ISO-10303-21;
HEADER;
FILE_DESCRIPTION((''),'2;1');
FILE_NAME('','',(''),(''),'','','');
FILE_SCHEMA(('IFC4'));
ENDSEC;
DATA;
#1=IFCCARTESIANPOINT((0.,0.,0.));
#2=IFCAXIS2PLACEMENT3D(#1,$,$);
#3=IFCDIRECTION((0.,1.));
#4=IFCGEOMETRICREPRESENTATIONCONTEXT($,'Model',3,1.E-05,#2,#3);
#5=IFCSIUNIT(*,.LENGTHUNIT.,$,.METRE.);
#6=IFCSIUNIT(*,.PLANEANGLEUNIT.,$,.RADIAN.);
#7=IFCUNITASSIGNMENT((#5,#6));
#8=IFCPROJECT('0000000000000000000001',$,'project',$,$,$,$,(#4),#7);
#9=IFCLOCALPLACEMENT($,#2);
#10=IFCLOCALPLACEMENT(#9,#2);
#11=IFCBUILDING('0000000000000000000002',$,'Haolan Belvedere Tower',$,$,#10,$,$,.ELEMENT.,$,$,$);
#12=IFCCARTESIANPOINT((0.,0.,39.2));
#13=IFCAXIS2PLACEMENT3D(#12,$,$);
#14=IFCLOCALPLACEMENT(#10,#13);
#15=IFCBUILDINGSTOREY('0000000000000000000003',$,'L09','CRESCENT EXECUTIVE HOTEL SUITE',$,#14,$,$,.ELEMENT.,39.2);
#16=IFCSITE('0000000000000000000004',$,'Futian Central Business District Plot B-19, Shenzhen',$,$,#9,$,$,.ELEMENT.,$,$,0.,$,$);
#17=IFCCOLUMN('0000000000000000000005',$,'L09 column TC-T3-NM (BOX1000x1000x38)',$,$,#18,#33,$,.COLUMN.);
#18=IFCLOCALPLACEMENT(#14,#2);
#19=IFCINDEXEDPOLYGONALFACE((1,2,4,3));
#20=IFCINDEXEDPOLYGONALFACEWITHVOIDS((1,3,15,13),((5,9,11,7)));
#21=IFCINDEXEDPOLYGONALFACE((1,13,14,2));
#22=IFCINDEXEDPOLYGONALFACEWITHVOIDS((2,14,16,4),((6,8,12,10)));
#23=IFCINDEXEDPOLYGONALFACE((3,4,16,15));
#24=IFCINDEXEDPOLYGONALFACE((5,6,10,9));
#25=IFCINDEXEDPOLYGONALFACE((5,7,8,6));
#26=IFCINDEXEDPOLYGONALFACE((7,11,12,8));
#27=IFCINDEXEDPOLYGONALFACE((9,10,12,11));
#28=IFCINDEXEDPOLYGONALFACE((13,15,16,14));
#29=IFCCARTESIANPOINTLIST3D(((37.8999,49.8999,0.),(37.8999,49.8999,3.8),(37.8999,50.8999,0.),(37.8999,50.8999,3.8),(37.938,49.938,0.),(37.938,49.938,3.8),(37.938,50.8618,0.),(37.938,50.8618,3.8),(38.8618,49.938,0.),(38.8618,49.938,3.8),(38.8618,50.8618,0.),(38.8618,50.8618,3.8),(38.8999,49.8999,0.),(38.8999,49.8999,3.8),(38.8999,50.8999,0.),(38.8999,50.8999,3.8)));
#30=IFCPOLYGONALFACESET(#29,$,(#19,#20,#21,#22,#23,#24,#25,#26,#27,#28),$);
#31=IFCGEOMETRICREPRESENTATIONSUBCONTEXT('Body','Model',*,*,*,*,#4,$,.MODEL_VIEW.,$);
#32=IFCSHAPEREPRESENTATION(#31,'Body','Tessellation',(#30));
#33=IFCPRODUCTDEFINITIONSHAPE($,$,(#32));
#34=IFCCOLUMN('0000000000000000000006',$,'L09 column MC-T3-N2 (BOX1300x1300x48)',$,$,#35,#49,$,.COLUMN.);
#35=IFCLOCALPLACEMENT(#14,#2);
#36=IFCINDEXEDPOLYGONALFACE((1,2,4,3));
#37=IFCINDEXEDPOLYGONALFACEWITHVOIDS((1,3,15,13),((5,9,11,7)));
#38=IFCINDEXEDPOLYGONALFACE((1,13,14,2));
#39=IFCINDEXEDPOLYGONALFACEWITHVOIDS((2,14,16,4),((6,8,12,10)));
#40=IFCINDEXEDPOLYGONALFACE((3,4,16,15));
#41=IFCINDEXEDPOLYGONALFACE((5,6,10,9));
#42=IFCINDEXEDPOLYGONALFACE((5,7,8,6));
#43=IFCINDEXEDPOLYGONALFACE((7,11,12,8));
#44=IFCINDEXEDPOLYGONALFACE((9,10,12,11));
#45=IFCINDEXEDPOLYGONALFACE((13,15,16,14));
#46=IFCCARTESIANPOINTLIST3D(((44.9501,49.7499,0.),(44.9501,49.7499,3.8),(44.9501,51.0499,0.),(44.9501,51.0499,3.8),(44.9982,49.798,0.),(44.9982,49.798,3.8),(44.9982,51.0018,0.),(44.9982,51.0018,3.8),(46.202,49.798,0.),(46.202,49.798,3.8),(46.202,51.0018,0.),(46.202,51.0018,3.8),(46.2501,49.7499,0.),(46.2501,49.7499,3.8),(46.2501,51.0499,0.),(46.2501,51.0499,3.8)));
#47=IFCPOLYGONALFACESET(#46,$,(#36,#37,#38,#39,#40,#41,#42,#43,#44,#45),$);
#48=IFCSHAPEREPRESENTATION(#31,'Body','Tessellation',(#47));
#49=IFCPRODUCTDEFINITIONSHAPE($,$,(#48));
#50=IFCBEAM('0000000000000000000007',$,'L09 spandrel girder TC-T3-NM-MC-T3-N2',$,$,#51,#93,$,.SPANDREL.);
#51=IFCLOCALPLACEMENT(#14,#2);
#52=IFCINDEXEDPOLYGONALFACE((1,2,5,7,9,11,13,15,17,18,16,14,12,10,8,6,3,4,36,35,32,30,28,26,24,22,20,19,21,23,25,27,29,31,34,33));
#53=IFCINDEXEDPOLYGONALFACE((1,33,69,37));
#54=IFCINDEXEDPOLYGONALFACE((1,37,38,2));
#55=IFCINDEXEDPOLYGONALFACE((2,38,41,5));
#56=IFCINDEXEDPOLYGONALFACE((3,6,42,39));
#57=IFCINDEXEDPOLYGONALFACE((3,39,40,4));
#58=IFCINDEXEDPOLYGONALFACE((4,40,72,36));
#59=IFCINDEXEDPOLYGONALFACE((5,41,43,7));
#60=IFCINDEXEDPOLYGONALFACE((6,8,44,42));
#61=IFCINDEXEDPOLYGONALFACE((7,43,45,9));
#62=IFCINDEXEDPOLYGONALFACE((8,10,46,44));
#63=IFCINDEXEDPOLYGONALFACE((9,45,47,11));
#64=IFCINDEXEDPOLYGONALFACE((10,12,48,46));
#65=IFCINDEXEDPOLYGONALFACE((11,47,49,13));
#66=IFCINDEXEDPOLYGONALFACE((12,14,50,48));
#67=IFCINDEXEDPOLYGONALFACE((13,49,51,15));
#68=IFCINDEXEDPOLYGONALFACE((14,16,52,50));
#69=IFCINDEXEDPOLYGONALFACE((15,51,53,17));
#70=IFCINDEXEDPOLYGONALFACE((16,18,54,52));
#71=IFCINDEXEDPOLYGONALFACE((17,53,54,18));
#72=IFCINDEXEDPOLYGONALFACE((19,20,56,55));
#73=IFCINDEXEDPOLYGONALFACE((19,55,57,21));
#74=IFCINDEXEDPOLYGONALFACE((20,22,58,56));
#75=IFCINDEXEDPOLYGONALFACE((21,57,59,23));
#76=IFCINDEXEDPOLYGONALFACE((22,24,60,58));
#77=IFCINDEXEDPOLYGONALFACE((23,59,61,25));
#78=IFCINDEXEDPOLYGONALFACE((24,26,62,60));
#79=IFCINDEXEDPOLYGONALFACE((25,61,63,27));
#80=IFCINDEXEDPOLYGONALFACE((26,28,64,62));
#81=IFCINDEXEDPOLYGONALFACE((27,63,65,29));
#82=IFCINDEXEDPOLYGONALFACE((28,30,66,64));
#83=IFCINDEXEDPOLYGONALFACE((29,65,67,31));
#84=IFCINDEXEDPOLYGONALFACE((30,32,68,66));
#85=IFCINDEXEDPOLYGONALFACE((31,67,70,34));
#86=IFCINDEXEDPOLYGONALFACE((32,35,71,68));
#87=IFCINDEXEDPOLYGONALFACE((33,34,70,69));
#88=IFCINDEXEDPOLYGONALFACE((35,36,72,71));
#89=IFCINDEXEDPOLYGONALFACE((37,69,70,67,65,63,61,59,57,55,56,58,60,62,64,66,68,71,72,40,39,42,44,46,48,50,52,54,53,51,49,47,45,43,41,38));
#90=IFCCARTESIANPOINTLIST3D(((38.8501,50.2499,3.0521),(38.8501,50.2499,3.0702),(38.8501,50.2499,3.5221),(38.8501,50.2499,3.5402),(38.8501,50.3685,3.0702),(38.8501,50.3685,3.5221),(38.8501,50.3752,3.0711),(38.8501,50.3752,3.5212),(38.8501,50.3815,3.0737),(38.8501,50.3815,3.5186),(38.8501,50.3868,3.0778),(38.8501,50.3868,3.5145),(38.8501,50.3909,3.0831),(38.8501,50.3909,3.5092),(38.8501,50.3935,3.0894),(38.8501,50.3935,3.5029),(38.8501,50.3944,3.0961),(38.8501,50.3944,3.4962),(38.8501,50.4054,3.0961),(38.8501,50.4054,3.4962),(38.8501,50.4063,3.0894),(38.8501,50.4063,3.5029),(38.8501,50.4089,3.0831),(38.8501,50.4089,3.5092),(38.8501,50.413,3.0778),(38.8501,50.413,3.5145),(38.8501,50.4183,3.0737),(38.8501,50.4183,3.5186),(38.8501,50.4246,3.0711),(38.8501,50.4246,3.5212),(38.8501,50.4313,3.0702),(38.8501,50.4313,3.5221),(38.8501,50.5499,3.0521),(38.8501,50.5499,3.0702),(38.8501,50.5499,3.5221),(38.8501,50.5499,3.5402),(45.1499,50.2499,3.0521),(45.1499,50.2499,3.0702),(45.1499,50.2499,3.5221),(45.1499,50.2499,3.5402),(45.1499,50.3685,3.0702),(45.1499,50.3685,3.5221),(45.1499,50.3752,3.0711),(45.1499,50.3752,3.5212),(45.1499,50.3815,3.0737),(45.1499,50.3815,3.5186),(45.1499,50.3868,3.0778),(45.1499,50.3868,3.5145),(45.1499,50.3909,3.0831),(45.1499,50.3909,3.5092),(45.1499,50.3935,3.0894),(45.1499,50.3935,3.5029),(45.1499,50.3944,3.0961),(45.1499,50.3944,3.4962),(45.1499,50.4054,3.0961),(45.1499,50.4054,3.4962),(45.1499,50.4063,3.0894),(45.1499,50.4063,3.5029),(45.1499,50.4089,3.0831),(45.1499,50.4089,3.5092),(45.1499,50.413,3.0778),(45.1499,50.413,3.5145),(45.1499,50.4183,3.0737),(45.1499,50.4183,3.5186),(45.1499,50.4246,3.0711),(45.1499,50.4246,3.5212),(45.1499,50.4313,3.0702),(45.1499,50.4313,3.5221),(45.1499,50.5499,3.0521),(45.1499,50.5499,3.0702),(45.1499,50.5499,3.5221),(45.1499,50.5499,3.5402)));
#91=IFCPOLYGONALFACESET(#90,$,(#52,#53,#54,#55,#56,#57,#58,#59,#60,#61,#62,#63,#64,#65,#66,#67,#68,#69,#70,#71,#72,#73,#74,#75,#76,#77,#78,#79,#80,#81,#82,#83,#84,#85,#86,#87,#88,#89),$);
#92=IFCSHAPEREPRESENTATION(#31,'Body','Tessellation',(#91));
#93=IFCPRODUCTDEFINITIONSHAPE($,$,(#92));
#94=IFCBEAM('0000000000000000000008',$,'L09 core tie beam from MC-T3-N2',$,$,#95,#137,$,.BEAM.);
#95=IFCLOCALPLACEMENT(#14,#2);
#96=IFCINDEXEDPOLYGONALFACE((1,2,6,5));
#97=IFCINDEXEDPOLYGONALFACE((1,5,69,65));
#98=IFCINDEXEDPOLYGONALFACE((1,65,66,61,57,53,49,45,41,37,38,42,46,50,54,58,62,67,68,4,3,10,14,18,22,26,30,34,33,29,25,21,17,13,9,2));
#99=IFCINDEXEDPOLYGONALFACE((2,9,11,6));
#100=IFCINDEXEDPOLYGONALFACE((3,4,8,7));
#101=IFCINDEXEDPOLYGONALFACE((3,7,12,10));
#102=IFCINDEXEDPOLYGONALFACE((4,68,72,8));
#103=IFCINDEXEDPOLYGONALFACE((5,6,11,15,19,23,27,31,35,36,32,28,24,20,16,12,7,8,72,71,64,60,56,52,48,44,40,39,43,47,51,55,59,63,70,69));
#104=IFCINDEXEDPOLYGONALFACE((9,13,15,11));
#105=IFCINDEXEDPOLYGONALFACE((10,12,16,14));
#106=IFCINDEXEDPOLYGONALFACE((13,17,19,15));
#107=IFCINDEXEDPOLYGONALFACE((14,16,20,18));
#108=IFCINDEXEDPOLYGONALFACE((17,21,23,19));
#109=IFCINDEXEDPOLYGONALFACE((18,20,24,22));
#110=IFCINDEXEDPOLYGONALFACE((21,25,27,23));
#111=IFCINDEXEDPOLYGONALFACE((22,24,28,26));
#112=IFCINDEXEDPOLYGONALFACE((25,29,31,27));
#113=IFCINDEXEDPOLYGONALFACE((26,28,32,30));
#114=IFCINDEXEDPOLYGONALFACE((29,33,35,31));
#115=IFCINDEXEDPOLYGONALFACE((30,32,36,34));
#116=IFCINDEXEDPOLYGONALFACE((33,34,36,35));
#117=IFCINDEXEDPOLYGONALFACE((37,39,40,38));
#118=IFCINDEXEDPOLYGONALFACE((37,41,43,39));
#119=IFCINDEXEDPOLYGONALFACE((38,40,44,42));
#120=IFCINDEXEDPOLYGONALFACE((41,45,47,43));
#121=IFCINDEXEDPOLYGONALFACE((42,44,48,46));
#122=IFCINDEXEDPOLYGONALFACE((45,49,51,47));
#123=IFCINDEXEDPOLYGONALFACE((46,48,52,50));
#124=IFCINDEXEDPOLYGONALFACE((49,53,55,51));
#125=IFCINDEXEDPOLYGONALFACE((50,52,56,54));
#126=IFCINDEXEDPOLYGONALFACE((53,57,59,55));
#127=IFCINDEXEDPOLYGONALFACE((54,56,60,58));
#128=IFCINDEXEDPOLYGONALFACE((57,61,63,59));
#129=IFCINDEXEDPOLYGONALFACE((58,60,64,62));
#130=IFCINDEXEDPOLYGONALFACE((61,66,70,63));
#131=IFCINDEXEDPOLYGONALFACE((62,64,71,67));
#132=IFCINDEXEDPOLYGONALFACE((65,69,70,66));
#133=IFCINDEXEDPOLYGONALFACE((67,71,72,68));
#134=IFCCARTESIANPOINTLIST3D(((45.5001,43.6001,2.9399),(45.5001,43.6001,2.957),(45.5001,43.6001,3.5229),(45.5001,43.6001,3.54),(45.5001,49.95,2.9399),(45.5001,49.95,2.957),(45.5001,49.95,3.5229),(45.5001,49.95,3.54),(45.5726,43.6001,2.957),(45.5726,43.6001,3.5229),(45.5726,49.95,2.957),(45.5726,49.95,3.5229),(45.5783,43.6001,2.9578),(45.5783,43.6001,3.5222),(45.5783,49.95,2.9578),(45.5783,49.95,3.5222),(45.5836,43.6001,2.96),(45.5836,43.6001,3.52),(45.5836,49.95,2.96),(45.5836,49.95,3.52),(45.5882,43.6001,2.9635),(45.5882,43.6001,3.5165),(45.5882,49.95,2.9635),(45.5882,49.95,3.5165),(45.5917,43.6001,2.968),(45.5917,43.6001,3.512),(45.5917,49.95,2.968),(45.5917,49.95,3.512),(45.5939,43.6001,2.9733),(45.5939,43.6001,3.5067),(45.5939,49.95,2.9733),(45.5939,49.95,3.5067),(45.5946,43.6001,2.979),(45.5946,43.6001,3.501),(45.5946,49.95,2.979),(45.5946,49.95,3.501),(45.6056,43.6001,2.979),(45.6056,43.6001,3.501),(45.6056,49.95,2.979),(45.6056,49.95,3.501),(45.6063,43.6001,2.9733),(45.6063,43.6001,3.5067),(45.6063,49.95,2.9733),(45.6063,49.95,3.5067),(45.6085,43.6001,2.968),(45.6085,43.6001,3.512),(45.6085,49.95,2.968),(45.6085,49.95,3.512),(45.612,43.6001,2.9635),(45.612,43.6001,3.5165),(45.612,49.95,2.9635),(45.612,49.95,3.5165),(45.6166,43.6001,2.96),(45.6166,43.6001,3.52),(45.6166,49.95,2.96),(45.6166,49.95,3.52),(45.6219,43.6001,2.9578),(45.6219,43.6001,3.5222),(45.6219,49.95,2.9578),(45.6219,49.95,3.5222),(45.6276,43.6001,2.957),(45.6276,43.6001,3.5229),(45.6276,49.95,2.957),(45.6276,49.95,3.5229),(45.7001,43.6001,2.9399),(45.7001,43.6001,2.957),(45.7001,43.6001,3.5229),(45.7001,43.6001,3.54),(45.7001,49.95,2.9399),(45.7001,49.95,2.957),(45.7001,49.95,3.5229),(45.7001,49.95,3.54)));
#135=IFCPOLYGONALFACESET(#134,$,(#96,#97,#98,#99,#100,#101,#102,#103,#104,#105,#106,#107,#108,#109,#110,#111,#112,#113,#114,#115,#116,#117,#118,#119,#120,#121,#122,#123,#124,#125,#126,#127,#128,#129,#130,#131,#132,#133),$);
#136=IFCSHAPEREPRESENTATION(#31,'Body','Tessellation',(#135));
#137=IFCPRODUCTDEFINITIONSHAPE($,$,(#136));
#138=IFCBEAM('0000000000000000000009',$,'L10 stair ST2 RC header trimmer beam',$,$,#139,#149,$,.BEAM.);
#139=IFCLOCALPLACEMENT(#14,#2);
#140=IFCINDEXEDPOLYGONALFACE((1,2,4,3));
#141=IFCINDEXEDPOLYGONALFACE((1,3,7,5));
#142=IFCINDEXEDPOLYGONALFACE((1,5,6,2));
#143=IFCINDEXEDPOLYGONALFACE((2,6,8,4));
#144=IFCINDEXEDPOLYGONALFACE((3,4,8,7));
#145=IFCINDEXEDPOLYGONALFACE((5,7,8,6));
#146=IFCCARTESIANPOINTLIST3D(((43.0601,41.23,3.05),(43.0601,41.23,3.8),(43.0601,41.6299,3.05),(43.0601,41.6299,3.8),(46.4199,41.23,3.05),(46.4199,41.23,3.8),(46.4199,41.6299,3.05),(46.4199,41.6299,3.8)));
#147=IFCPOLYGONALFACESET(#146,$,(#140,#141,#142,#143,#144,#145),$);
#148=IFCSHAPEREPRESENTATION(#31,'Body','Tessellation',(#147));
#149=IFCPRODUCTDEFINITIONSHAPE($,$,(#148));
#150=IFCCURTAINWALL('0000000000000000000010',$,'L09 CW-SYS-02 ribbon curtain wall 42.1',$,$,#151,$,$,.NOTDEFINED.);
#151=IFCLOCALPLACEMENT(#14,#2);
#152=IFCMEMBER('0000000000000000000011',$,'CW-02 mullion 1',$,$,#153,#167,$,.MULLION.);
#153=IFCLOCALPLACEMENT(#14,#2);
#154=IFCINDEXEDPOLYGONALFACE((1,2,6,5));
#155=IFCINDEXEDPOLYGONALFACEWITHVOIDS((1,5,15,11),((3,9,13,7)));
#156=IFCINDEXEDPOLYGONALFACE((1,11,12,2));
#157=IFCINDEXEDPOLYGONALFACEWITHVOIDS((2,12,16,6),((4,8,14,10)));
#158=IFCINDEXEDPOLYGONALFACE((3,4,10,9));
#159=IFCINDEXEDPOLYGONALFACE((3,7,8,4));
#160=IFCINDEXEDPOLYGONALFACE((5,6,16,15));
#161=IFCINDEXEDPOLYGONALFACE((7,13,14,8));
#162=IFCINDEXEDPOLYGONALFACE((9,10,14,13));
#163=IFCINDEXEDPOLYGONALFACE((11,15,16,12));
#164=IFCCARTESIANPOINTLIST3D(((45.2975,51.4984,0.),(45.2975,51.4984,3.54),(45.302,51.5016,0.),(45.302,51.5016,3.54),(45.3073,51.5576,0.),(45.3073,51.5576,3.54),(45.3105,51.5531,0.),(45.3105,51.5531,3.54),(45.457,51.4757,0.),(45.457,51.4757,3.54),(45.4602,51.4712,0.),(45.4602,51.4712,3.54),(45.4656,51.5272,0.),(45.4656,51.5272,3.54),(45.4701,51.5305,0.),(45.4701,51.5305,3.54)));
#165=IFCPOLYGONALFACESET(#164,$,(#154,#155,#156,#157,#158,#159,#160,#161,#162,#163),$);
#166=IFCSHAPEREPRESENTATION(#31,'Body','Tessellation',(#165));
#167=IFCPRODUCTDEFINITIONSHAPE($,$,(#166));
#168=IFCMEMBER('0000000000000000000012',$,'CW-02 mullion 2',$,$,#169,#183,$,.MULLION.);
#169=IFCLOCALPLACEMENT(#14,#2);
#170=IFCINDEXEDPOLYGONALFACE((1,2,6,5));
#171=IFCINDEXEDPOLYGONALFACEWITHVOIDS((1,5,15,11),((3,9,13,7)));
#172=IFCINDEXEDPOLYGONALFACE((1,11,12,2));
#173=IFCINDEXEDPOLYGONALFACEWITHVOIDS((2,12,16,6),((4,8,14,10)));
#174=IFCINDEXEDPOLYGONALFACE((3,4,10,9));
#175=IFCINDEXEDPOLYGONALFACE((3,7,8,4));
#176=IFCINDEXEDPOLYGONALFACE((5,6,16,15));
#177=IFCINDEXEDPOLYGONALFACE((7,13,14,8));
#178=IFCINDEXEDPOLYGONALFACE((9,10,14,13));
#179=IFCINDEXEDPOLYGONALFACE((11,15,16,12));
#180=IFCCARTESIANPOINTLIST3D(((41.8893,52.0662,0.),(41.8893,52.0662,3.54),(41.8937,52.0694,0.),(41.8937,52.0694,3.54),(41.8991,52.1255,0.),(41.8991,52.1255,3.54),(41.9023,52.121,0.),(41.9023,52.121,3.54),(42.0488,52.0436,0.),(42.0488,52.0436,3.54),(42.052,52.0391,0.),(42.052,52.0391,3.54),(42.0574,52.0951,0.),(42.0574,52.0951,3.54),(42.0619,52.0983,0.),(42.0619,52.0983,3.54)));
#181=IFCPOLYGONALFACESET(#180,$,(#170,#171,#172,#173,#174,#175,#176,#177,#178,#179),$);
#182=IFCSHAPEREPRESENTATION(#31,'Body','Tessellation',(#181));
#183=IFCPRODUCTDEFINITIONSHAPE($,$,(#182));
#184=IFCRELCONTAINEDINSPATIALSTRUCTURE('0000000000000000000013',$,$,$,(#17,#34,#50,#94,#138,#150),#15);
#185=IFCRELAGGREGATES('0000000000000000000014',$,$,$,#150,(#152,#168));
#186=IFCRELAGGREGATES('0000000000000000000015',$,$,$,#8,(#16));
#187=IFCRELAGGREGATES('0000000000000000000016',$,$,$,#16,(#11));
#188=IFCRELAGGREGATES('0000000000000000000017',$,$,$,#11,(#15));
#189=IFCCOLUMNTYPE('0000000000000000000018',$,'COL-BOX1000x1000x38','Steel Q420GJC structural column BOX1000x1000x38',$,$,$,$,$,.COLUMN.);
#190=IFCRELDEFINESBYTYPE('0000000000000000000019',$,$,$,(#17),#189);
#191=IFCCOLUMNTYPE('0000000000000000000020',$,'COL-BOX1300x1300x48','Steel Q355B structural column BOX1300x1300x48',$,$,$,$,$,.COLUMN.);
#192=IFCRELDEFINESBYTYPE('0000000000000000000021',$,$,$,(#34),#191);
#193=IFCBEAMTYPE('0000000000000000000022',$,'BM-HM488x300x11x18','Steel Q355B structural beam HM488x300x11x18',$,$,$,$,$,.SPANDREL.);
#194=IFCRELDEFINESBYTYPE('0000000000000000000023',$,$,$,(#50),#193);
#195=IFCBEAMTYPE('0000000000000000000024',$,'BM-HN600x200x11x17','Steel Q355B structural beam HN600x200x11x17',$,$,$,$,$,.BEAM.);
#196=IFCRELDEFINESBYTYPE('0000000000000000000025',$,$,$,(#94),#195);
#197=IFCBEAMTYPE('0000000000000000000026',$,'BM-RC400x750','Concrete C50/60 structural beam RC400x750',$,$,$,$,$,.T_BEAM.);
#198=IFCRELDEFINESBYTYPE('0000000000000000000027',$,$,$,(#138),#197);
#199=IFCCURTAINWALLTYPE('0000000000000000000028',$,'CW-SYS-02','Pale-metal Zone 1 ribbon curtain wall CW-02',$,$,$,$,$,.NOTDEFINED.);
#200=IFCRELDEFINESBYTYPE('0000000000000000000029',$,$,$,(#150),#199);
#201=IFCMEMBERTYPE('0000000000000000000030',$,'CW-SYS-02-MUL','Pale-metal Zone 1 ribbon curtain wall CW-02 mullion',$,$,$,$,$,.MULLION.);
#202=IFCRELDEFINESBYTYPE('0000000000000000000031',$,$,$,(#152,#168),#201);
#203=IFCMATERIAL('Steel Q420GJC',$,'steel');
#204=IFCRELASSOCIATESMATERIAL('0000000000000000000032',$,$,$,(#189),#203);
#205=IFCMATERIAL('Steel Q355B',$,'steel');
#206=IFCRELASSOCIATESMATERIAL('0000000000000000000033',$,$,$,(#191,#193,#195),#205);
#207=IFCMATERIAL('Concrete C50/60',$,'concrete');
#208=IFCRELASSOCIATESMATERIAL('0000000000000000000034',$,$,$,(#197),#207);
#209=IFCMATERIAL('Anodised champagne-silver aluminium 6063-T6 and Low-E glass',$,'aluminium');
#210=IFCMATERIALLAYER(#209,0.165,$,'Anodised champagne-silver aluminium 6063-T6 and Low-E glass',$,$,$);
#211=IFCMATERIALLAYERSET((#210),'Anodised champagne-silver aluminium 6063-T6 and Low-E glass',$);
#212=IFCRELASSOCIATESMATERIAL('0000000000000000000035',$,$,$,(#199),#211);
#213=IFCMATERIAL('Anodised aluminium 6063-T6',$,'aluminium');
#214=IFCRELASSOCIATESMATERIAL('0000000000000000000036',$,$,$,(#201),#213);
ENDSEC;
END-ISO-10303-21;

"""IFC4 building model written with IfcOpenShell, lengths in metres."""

from ifc_helpers import new_model, si_unit, direction, frame, origin, origin_2d, place, context, subcontext, project, spatial, rectangle, hollow_rectangle, i_section, extrude, material, layer, layer_set, material_profile, profile_set, type_object, element, aggregate, save


model = new_model("IFC4")

# Units and contexts
model_context = context("Model", 3, precision=1e-05, world=origin(), true_north=direction((0.0, 1.0)))
body_context = subcontext(model_context, "Body", "Model", "MODEL_VIEW")
ifc_project = project(units=[si_unit("LENGTHUNIT", "METRE"), si_unit("PLANEANGLEUNIT", "RADIAN")], contexts=[model_context])

# Site, building, storey
site_placement = place(None, origin())
site = spatial("IfcSite", under=ifc_project, at=site_placement, Name="Futian Central Business District Plot B-19, Shenzhen", CompositionType="ELEMENT", RefElevation=0.0)
building_placement = place(site_placement, origin())
building = spatial("IfcBuilding", under=site, at=building_placement, Name="Haolan Belvedere Tower", CompositionType="ELEMENT")
storey_placement = place(building_placement, frame((0.0, 0.0, 39.2)))
storey = spatial("IfcBuildingStorey", under=building, at=storey_placement, Name="L09", Description="CRESCENT EXECUTIVE HOTEL SUITE", CompositionType="ELEMENT", Elevation=39.2)

# Columns
ifc_material_1 = material(Name="Steel Q420GJC", Category="steel")
ifc_material_profile_1 = material_profile(ifc_material_1, hollow_rectangle(XDim=1.0, YDim=1.0, WallThickness=0.0381, at=origin_2d()), Name="Steel Q420GJC")
ifc_profile_set_1 = profile_set([ifc_material_profile_1], Name="Steel Q420GJC")
column_type_1 = type_object("IfcColumnType", Name="COL-BOX1000x1000x38", Description="Steel Q420GJC structural column BOX1000x1000x38", PredefinedType="COLUMN", material=ifc_profile_set_1)
column_1_placement = place(storey_placement, frame((38.3999, 50.3999, 0.0), z_axis=(0.0, 0.0, 1.0), x_axis=(1.0, 0.0, 0.0)))
element("IfcColumn", 1, at=column_1_placement, inside=storey, type_object=column_type_1, Name="L09 column TC-T3-NM (BOX1000x1000x38)", PredefinedType="COLUMN", context=body_context, shape_type="SweptSolid", body=[
    extrude(hollow_rectangle(XDim=1.0, YDim=1.0, WallThickness=0.0381, at=origin_2d()), origin(), (0.0, 0.0, 1.0), 3.8),
])
ifc_material_2 = material(Name="Steel Q355B", Category="steel")
ifc_material_profile_2 = material_profile(ifc_material_2, hollow_rectangle(XDim=1.3, YDim=1.3, WallThickness=0.0481, at=origin_2d()), Name="Steel Q355B")
ifc_profile_set_2 = profile_set([ifc_material_profile_2], Name="Steel Q355B")
column_type_2 = type_object("IfcColumnType", Name="COL-BOX1300x1300x48", Description="Steel Q355B structural column BOX1300x1300x48", PredefinedType="COLUMN", material=ifc_profile_set_2)
column_2_placement = place(storey_placement, frame((45.6001, 50.3999, 0.0), z_axis=(0.0, 0.0, 1.0), x_axis=(1.0, 0.0, 0.0)))
element("IfcColumn", 2, at=column_2_placement, inside=storey, type_object=column_type_2, Name="L09 column MC-T3-N2 (BOX1300x1300x48)", PredefinedType="COLUMN", context=body_context, shape_type="SweptSolid", body=[
    extrude(hollow_rectangle(XDim=1.3, YDim=1.3, WallThickness=0.0481, at=origin_2d()), origin(), (0.0, 0.0, 1.0), 3.8),
])

# Beams
ifc_material_profile_3 = material_profile(ifc_material_2, i_section(OverallWidth=0.3, OverallDepth=0.488, WebThickness=0.011, FlangeThickness=0.0181, FilletRadius=0.0259, at=origin_2d()), Name="Steel Q355B")
ifc_profile_set_3 = profile_set([ifc_material_profile_3], Name="Steel Q355B")
beam_type_1 = type_object("IfcBeamType", Name="BM-HM488x300x11x18", Description="Steel Q355B structural beam HM488x300x11x18", PredefinedType="SPANDREL", material=ifc_profile_set_3)
beam_1_placement = place(storey_placement, frame((38.8501, 50.3999, 3.2961), z_axis=(1.0, 0.0, 0.0), x_axis=(0.0, 1.0, 0.0)))
element("IfcBeam", 3, at=beam_1_placement, inside=storey, type_object=beam_type_1, Name="L09 spandrel girder TC-T3-NM-MC-T3-N2", PredefinedType="SPANDREL", context=body_context, shape_type="SweptSolid", body=[
    extrude(i_section(OverallWidth=0.3, OverallDepth=0.488, WebThickness=0.011, FlangeThickness=0.0181, FilletRadius=0.0259, at=origin_2d()), origin(), (0.0, 0.0, 1.0), 6.2998),
])
ifc_material_profile_4 = material_profile(ifc_material_2, i_section(OverallWidth=0.2, OverallDepth=0.6001, WebThickness=0.011, FlangeThickness=0.0171, FilletRadius=0.022, at=origin_2d()), Name="Steel Q355B")
ifc_profile_set_4 = profile_set([ifc_material_profile_4], Name="Steel Q355B")
beam_type_2 = type_object("IfcBeamType", Name="BM-HN600x200x11x17", Description="Steel Q355B structural beam HN600x200x11x17", PredefinedType="BEAM", material=ifc_profile_set_4)
beam_2_placement = place(storey_placement, frame((45.6001, 49.95, 3.24), z_axis=(0.0, -1.0, 0.0), x_axis=(1.0, 0.0, 0.0)))
element("IfcBeam", 4, at=beam_2_placement, inside=storey, type_object=beam_type_2, Name="L09 core tie beam from MC-T3-N2", PredefinedType="BEAM", context=body_context, shape_type="SweptSolid", body=[
    extrude(i_section(OverallWidth=0.2, OverallDepth=0.6001, WebThickness=0.011, FlangeThickness=0.0171, FilletRadius=0.022, at=origin_2d()), origin(), (0.0, 0.0, 1.0), 6.3499),
])
ifc_material_3 = material(Name="Concrete C50/60", Category="concrete")
ifc_material_profile_5 = material_profile(ifc_material_3, rectangle(XDim=0.3999, YDim=0.75, at=origin_2d()), Name="Concrete C50/60")
ifc_profile_set_5 = profile_set([ifc_material_profile_5], Name="Concrete C50/60")
beam_type_3 = type_object("IfcBeamType", Name="BM-RC400x750", Description="Concrete C50/60 structural beam RC400x750", PredefinedType="T_BEAM", material=ifc_profile_set_5)
beam_3_placement = place(storey_placement, frame((43.0601, 41.4299, 3.425), z_axis=(1.0, 0.0, 0.0), x_axis=(0.0, 1.0, 0.0)))
element("IfcBeam", 5, at=beam_3_placement, inside=storey, type_object=beam_type_3, Name="L10 stair ST2 RC header trimmer beam", PredefinedType="BEAM", context=body_context, shape_type="SweptSolid", body=[
    extrude(rectangle(XDim=0.3999, YDim=0.75, at=origin_2d()), origin(), (0.0, 0.0, 1.0), 3.3599),
])

# Curtain wall, members
ifc_material_4 = material(Name="Anodised champagne-silver aluminium 6063-T6 and Low-E glass", Category="aluminium")
ifc_layer_1 = layer(ifc_material_4, 0.165, Name="Anodised champagne-silver aluminium 6063-T6 and Low-E glass")
ifc_layer_set_1 = layer_set([ifc_layer_1], Name="Anodised champagne-silver aluminium 6063-T6 and Low-E glass")
curtain_wall_type = type_object("IfcCurtainWallType", Name="CW-SYS-02", Description="Pale-metal Zone 1 ribbon curtain wall CW-02", PredefinedType="NOTDEFINED", material=ifc_layer_set_1)
curtain_wall_1_placement = place(storey_placement, origin())
curtain_wall_1 = element("IfcCurtainWall", 6, at=curtain_wall_1_placement, inside=storey, type_object=curtain_wall_type, Name="L09 CW-SYS-02 ribbon curtain wall 42.1", PredefinedType="NOTDEFINED")
ifc_material_5 = material(Name="Anodised aluminium 6063-T6", Category="aluminium")
ifc_material_profile_6 = material_profile(ifc_material_5, hollow_rectangle(XDim=0.0601, YDim=0.165, WallThickness=0.0039, at=origin_2d()), Name="Anodised aluminium 6063-T6")
ifc_profile_set_6 = profile_set([ifc_material_profile_6], Name="Anodised aluminium 6063-T6")
member_type_1 = type_object("IfcMemberType", Name="CW-SYS-02-MUL", Description="Pale-metal Zone 1 ribbon curtain wall CW-02 mullion", PredefinedType="MULLION", material=ifc_profile_set_6)
member_1_placement = place(storey_placement, frame((45.3838, 51.5144, 0.0), z_axis=(0.0, 0.0, 1.0), x_axis=(-0.164404, -0.986393, 0.0)))
member_1 = element("IfcMember", 7, at=member_1_placement, type_object=member_type_1, Name="CW-02 mullion 1", PredefinedType="MULLION", context=body_context, shape_type="SweptSolid", body=[
    extrude(hollow_rectangle(XDim=0.0601, YDim=0.165, WallThickness=0.0039, at=origin_2d()), origin(), (0.0, 0.0, 1.0), 3.54),
])
member_2_placement = place(storey_placement, frame((41.9756, 52.0823, 0.0), z_axis=(0.0, 0.0, 1.0), x_axis=(-0.164404, -0.986393, 0.0)))
member_2 = element("IfcMember", 8, at=member_2_placement, type_object=member_type_1, Name="CW-02 mullion 2", PredefinedType="MULLION", context=body_context, shape_type="SweptSolid", body=[
    extrude(hollow_rectangle(XDim=0.0601, YDim=0.165, WallThickness=0.0039, at=origin_2d()), origin(), (0.0, 0.0, 1.0), 3.54),
])

aggregate(curtain_wall_1, [member_1, member_2])

save(model, "model.ifc")
